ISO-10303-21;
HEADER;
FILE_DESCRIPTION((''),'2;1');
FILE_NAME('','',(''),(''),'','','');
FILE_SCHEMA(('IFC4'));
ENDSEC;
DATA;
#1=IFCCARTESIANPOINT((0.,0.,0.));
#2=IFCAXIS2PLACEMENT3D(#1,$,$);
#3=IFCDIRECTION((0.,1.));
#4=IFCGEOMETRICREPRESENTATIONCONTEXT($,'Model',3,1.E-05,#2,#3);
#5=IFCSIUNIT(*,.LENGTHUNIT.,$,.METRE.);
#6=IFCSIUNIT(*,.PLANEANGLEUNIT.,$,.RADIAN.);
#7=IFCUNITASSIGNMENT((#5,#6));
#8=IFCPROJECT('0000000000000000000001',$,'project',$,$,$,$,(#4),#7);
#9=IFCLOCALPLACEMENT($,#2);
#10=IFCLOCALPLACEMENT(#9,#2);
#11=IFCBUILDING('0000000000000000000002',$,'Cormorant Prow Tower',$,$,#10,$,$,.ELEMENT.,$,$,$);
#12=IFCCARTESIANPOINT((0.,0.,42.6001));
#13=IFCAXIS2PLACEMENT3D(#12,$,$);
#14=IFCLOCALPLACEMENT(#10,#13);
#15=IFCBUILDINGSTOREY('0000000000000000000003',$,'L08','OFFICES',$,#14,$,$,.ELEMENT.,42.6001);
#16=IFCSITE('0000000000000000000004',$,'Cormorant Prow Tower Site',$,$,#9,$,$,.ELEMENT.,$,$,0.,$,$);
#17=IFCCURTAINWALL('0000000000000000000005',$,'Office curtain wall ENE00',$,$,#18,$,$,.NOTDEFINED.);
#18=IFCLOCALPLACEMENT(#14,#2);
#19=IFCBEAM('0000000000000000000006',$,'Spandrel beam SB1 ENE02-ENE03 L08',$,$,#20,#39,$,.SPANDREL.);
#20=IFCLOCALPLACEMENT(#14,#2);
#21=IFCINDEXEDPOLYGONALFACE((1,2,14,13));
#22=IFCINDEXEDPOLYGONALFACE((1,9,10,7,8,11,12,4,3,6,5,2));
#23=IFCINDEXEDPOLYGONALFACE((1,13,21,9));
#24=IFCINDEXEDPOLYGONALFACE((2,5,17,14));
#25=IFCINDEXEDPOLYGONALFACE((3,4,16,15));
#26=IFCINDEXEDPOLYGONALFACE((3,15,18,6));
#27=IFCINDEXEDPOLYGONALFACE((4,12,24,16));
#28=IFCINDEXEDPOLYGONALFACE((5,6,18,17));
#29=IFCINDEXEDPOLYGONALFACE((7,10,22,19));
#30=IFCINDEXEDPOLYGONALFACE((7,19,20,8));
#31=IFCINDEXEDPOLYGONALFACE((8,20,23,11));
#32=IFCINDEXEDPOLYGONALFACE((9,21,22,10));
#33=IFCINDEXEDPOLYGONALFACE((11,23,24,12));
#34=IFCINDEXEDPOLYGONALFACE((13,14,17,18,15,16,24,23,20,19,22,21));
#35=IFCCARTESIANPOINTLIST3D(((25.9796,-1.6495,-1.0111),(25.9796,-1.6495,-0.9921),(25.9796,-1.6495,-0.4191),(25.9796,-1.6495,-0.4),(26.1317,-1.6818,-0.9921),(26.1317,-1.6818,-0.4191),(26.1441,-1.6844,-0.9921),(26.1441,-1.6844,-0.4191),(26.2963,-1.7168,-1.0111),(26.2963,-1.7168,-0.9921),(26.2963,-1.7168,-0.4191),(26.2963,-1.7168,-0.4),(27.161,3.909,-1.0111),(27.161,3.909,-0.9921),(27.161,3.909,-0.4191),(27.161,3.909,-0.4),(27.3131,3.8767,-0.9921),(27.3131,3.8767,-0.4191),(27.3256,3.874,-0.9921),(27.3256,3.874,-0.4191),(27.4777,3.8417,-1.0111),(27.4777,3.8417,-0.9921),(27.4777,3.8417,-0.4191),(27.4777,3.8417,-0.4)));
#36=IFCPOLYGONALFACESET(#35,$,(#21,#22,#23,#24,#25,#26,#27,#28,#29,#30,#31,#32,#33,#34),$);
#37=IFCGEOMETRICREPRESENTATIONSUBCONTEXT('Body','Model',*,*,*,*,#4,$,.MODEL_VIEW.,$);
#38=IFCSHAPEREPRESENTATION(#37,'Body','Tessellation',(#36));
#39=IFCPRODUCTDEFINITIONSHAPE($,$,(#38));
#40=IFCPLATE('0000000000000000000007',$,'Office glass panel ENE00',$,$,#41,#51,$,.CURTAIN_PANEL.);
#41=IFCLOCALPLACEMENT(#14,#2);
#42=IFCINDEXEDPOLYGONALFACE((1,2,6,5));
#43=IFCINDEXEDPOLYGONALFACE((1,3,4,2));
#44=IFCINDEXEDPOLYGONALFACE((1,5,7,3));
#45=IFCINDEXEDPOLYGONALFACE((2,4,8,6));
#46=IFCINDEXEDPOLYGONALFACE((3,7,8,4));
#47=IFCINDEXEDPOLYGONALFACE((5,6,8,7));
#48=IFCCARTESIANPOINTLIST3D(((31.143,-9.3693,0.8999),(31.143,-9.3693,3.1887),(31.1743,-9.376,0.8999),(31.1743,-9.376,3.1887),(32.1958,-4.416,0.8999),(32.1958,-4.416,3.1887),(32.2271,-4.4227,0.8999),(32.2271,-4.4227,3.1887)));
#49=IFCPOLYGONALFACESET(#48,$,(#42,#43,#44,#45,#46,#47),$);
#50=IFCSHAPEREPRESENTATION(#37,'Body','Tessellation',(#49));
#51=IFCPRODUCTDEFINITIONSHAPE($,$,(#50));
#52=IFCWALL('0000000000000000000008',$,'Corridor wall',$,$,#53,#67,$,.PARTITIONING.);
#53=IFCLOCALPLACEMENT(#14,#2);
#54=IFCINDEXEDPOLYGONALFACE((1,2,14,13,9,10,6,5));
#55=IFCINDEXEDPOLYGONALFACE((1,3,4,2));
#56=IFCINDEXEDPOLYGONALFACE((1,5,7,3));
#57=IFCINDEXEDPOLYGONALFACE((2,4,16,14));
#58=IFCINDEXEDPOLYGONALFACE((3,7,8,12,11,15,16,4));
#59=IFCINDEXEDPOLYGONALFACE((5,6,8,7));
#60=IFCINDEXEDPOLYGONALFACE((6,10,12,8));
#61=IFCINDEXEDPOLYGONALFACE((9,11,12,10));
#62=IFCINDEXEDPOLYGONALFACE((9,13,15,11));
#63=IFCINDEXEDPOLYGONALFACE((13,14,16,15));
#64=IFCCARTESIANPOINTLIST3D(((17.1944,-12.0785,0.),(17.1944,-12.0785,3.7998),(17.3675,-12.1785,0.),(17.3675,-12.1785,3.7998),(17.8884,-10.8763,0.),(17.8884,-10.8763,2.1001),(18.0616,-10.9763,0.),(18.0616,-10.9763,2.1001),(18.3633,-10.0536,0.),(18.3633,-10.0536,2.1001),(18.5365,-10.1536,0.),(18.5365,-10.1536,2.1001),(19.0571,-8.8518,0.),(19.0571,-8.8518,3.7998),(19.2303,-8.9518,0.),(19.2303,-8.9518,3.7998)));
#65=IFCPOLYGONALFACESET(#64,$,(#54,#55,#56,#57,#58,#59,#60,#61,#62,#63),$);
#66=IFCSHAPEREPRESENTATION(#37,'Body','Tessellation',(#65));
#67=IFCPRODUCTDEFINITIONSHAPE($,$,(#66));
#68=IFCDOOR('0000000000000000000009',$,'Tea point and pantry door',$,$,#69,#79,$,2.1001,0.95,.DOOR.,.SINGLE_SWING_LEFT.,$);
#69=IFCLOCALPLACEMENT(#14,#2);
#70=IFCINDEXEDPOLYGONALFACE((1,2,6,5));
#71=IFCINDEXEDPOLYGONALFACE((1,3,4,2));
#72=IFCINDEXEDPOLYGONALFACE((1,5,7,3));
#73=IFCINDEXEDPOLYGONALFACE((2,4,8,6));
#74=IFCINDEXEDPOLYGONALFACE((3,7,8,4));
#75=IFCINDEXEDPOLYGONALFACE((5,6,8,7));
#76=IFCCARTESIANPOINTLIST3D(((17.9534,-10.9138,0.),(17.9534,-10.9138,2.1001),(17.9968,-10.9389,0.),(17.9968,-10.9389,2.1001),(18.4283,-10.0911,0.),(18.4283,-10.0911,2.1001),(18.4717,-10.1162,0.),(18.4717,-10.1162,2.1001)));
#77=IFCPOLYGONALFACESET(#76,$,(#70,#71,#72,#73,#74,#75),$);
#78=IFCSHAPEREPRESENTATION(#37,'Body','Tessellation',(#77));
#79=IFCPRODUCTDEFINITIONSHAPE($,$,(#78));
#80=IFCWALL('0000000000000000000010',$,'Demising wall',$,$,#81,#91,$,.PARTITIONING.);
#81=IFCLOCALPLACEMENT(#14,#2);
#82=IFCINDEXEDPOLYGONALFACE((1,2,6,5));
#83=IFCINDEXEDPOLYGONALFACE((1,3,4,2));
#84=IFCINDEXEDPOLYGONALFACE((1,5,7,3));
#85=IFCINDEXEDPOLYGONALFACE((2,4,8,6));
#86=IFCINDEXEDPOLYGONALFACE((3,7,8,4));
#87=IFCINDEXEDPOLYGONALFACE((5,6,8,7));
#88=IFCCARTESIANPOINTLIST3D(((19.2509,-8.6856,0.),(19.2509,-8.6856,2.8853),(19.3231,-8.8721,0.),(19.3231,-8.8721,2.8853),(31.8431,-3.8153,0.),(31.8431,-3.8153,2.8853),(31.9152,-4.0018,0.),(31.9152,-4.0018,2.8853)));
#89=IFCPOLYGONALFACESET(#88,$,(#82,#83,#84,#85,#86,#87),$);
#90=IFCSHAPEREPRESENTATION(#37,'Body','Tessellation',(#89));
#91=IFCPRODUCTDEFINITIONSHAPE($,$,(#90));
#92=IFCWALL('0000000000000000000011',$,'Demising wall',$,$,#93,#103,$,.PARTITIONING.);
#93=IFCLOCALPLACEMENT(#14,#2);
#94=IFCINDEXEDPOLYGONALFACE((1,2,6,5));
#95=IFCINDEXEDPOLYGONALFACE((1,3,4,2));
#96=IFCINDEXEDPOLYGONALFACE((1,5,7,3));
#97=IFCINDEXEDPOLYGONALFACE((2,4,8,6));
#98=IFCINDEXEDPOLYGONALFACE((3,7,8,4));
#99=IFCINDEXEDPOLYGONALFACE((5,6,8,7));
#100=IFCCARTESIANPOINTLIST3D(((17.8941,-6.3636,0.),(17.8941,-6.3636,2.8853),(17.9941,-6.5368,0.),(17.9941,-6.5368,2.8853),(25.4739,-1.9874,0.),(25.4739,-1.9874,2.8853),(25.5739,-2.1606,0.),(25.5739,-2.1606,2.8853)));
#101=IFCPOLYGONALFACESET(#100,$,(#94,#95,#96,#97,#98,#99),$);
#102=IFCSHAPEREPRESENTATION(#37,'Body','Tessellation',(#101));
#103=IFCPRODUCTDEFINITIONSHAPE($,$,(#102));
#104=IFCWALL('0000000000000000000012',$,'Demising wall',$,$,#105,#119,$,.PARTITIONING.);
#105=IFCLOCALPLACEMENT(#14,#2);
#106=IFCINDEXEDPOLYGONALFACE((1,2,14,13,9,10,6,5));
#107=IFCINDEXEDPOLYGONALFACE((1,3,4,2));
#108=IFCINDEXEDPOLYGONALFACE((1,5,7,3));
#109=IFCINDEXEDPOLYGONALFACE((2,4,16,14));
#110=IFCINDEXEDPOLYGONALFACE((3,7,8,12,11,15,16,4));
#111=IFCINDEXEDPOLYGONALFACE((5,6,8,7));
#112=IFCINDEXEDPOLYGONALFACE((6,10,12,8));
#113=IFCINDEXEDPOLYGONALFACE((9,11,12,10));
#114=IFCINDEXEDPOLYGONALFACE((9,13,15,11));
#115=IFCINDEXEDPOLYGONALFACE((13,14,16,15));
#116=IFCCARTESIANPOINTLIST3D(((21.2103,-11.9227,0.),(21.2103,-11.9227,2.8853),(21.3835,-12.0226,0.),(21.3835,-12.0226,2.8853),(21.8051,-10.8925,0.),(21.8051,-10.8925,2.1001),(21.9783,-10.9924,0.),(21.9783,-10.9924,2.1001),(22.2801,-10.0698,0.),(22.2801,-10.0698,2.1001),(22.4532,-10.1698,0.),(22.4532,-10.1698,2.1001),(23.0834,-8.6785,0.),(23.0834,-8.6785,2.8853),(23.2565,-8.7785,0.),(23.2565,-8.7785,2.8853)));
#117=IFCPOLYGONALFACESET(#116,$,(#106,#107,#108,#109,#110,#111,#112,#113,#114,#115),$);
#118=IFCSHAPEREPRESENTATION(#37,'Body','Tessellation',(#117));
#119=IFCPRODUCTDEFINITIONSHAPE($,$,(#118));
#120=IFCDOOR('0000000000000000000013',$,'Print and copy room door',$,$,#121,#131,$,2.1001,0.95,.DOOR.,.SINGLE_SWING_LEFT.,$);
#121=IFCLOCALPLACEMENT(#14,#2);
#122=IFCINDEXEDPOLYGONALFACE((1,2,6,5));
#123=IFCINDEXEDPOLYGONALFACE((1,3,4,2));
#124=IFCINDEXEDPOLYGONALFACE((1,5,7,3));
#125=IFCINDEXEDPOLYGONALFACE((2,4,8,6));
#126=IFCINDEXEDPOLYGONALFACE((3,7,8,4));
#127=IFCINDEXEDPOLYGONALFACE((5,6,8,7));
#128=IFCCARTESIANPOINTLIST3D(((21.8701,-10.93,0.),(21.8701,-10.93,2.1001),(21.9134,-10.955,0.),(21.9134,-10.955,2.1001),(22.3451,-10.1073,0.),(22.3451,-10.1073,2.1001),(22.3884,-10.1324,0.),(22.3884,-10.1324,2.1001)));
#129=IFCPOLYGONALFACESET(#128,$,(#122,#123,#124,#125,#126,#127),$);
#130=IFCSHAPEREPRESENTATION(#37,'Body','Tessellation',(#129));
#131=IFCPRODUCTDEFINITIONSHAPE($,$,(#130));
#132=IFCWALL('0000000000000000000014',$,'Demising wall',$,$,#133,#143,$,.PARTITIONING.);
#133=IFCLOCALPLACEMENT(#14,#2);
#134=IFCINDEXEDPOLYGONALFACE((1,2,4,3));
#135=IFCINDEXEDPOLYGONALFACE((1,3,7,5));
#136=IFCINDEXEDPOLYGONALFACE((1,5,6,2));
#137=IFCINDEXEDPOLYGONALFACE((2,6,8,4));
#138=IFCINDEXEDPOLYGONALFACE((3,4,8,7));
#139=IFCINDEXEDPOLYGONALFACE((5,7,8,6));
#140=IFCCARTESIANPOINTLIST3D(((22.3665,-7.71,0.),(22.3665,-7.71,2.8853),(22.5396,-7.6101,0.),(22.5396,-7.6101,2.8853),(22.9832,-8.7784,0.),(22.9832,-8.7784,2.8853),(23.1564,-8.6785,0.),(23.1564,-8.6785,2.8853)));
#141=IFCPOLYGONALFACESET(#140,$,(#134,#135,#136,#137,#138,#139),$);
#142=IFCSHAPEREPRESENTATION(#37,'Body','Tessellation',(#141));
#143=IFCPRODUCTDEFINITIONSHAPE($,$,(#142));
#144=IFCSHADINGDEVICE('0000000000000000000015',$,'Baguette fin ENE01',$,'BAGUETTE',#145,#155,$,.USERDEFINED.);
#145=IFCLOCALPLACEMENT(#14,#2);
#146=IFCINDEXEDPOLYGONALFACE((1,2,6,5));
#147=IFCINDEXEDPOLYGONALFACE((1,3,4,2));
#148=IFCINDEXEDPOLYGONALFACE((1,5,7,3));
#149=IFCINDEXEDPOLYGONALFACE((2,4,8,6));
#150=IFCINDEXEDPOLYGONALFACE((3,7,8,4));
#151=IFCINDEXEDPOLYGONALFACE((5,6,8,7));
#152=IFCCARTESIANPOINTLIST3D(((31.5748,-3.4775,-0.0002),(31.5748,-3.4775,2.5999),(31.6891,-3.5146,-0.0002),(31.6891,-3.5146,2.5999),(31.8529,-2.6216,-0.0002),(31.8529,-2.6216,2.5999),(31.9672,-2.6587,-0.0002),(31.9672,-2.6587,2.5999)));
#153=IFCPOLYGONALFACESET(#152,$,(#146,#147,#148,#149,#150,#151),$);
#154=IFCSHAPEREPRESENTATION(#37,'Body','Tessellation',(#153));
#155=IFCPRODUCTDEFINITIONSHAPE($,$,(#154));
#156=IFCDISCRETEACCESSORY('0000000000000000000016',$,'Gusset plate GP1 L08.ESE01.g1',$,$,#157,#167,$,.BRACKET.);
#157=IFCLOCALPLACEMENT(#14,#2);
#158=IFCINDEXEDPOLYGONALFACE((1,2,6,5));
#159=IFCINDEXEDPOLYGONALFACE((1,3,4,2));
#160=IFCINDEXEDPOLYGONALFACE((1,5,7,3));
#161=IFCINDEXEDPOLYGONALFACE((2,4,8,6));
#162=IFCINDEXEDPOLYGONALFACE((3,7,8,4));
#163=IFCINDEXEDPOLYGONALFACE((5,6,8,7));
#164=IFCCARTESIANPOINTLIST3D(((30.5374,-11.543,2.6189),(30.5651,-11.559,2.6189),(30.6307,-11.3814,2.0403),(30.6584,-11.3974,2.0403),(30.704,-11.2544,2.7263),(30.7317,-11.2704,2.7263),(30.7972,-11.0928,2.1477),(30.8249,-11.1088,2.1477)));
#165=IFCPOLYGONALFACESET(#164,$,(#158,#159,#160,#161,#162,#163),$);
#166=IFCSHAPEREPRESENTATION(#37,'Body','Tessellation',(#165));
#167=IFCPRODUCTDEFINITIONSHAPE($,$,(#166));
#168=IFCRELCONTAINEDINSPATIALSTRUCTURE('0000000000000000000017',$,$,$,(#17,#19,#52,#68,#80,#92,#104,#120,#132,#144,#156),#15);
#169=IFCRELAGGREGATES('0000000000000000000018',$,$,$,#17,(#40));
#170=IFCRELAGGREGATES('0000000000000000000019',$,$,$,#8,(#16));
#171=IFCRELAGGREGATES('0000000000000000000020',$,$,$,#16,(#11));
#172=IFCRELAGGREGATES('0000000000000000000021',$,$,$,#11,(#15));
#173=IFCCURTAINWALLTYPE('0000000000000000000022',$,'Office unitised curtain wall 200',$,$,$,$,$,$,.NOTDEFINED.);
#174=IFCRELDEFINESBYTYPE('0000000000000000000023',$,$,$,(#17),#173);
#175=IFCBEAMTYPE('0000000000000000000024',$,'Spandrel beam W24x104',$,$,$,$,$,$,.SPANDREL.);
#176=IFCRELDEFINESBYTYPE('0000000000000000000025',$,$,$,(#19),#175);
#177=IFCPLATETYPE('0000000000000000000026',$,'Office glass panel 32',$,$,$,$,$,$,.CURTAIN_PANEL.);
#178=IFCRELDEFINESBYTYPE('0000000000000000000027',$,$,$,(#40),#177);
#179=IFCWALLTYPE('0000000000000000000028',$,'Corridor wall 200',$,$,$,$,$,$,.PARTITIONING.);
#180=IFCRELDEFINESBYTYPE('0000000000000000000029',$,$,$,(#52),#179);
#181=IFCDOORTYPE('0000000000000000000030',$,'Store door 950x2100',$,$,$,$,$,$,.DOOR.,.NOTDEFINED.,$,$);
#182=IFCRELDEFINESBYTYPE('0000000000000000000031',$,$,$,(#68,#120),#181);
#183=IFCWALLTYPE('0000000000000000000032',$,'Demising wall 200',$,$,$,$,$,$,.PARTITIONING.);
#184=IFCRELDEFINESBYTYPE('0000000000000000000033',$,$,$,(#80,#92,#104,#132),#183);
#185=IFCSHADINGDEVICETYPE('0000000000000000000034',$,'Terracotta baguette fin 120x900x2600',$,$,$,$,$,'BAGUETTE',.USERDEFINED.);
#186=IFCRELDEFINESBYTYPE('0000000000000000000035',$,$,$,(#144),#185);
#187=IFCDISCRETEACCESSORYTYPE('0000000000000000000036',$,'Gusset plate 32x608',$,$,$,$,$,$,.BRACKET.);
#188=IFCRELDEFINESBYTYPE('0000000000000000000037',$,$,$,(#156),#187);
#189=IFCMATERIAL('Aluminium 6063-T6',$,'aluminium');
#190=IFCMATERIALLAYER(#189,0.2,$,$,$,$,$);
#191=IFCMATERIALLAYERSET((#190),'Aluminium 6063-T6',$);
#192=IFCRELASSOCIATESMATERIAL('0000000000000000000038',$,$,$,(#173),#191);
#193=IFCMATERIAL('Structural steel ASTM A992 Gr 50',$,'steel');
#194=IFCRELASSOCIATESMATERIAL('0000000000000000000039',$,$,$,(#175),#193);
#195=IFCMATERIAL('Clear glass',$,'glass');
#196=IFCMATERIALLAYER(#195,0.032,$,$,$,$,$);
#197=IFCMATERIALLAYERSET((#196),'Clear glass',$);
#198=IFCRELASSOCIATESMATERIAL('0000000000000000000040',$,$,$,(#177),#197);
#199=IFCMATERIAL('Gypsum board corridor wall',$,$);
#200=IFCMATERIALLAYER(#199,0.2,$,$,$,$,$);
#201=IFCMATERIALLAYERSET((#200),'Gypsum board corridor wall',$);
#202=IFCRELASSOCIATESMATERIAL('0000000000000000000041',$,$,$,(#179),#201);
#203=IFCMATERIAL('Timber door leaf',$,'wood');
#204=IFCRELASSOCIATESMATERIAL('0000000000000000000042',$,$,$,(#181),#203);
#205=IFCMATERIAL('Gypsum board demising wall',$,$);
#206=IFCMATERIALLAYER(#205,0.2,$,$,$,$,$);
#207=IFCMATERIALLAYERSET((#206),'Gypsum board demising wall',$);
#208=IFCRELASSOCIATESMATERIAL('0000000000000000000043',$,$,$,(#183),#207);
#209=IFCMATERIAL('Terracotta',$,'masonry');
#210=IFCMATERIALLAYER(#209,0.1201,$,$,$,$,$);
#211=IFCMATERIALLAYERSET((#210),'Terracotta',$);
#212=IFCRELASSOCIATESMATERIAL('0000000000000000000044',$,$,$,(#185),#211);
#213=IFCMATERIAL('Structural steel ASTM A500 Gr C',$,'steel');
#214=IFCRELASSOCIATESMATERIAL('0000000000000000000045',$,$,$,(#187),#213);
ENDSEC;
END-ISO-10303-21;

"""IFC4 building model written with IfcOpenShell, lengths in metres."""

from ifc_helpers import new_model, si_unit, direction, frame, frame_2d, origin, origin_2d, place, context, subcontext, project, spatial, rectangle, i_section, extrude, material, layer, layer_set, material_profile, profile_set, type_object, element, fill, aggregate, save


model = new_model("IFC4")

# Units and contexts
model_context = context("Model", 3, precision=1e-05, world=origin(), true_north=direction((0.0, 1.0)))
body_context = subcontext(model_context, "Body", "Model", "MODEL_VIEW")
ifc_project = project(units=[si_unit("LENGTHUNIT", "METRE"), si_unit("PLANEANGLEUNIT", "RADIAN")], contexts=[model_context])

# Site, building, storey
site_placement = place(None, origin())
site = spatial("IfcSite", under=ifc_project, at=site_placement, Name="Cormorant Prow Tower Site", CompositionType="ELEMENT", RefElevation=0.0)
building_placement = place(site_placement, origin())
building = spatial("IfcBuilding", under=site, at=building_placement, Name="Cormorant Prow Tower", CompositionType="ELEMENT")
storey_placement = place(building_placement, frame((0.0, 0.0, 42.6001)))
storey = spatial("IfcBuildingStorey", under=building, at=storey_placement, Name="L08", Description="OFFICES", CompositionType="ELEMENT", Elevation=42.6001)

# Curtain wall
ifc_material_1 = material(Name="Aluminium 6063-T6", Category="aluminium")
ifc_layer_1 = layer(ifc_material_1, 0.2)
ifc_layer_set_1 = layer_set([ifc_layer_1], Name="Aluminium 6063-T6")
curtain_wall_type = type_object("IfcCurtainWallType", Name="Office unitised curtain wall 200", PredefinedType="NOTDEFINED", material=ifc_layer_set_1)
curtain_wall_1_placement = place(storey_placement, origin())
curtain_wall_1 = element("IfcCurtainWall", 1, at=curtain_wall_1_placement, inside=storey, type_object=curtain_wall_type, Name="Office curtain wall ENE00", PredefinedType="NOTDEFINED")

# Beam
ifc_material_2 = material(Name="Structural steel ASTM A992 Gr 50", Category="steel")
ifc_material_profile_1 = material_profile(ifc_material_2, i_section(OverallWidth=0.3237, OverallDepth=0.6111, WebThickness=0.0127, FlangeThickness=0.019, at=origin_2d()), Name="W24x104")
ifc_profile_set_1 = profile_set([ifc_material_profile_1], Name="Structural steel ASTM A992 Gr 50")
beam_type = type_object("IfcBeamType", Name="Spandrel beam W24x104", PredefinedType="SPANDREL", material=ifc_profile_set_1)
beam_1_placement = place(storey_placement, frame((26.1379, -1.6831, -0.7056), z_axis=(0.2079, 0.97815, 0.0), x_axis=(-0.97815, 0.2079, 0.0)))
element("IfcBeam", 2, at=beam_1_placement, inside=storey, type_object=beam_type, Name="Spandrel beam SB1 ENE02-ENE03 L08", PredefinedType="SPANDREL", context=body_context, shape_type="SweptSolid", body=[
    extrude(i_section(OverallWidth=0.3237, OverallDepth=0.6111, WebThickness=0.0127, FlangeThickness=0.019, at=origin_2d()), origin(), (0.0, 0.0, 1.0), 5.6826),
])

# Plate
ifc_material_3 = material(Name="Clear glass", Category="glass")
ifc_layer_2 = layer(ifc_material_3, 0.032)
ifc_layer_set_2 = layer_set([ifc_layer_2], Name="Clear glass")
plate_type = type_object("IfcPlateType", Name="Office glass panel 32", PredefinedType="CURTAIN_PANEL", material=ifc_layer_set_2)
plate_placement = place(storey_placement, frame((31.6851, -6.896, 0.8999), z_axis=(0.0, 0.0, 1.0), x_axis=(0.207912, 0.978148, 0.0)))
plate = element("IfcPlate", 3, at=plate_placement, type_object=plate_type, Name="Office glass panel ENE00", PredefinedType="CURTAIN_PANEL", context=body_context, shape_type="SweptSolid", body=[
    extrude(rectangle(XDim=5.064, YDim=0.032, at=origin_2d()), origin(), (0.0, 0.0, 1.0), 2.2888),
])
aggregate(curtain_wall_1, [plate])

# Wall, opening, door
ifc_material_4 = material(Name="Gypsum board corridor wall")
ifc_layer_3 = layer(ifc_material_4, 0.2)
ifc_layer_set_3 = layer_set([ifc_layer_3], Name="Gypsum board corridor wall")
wall_type_1 = type_object("IfcWallType", Name="Corridor wall 200", PredefinedType="PARTITIONING", material=ifc_layer_set_3)
wall_1_placement = place(storey_placement, frame((17.281, -12.1284, 0.0), z_axis=(0.0, 0.0, 1.0), x_axis=(0.499959, 0.866049, 0.0)))
wall_1 = element("IfcWall", 4, at=wall_1_placement, inside=storey, type_object=wall_type_1, Name="Corridor wall", PredefinedType="PARTITIONING", context=body_context, shape_type="SweptSolid", body=[
    extrude(rectangle(XDim=3.7258, YDim=0.2, at=frame_2d((1.8628, 0.0))), origin(), (0.0, 0.0, 1.0), 3.7998),
])
opening_1_placement = place(wall_1_placement, frame((1.3879, 0.0, 0.0)))
opening_1 = element("IfcOpeningElement", 5, at=opening_1_placement, cuts=wall_1, PredefinedType="OPENING", context=body_context, shape_type="SweptSolid", body=[
    extrude(rectangle(XDim=0.95, YDim=2.1001, at=frame_2d((0.4751, 1.05))), frame((0.0, 0.1099, 0.0), z_axis=(0.0, -1.0, 0.0), x_axis=(1.0, 0.0, 0.0)), (0.0, 0.0, 1.0), 0.22),
])
ifc_material_5 = material(Name="Timber door leaf", Category="wood")
door_type_1 = type_object("IfcDoorType", Name="Store door 950x2100", OperationType="NOTDEFINED", PredefinedType="DOOR", material=ifc_material_5)
door_1_placement = place(opening_1_placement, origin())
door_1 = element("IfcDoor", 6, at=door_1_placement, inside=storey, type_object=door_type_1, Name="Tea point and pantry door", OperationType="SINGLE_SWING_LEFT", OverallHeight=2.1001, OverallWidth=0.95, PredefinedType="DOOR", context=body_context, shape_type="SweptSolid", body=[
    extrude(rectangle(XDim=0.95, YDim=2.1001, at=frame_2d((0.4751, 1.05))), frame((0.0, 0.0249, 0.0), z_axis=(0.0, -1.0, 0.0), x_axis=(1.0, 0.0, 0.0)), (0.0, 0.0, 1.0), 0.05),
])
fill(opening_1, door_1)

# Walls
ifc_material_6 = material(Name="Gypsum board demising wall")
ifc_layer_4 = layer(ifc_material_6, 0.2)
ifc_layer_set_4 = layer_set([ifc_layer_4], Name="Gypsum board demising wall")
wall_type_2 = type_object("IfcWallType", Name="Demising wall 200", PredefinedType="PARTITIONING", material=ifc_layer_set_4)
wall_2_placement = place(storey_placement, frame((19.2871, -8.7788, 0.0), z_axis=(0.0, 0.0, 1.0), x_axis=(0.93267, 0.360732, 0.0)))
element("IfcWall", 7, at=wall_2_placement, inside=storey, type_object=wall_type_2, Name="Demising wall", PredefinedType="PARTITIONING", context=body_context, shape_type="SweptSolid", body=[
    extrude(rectangle(XDim=13.5012, YDim=0.2, at=frame_2d((6.7505, 0.0))), origin(), (0.0, 0.0, 1.0), 2.8853),
])
wall_3_placement = place(storey_placement, frame((17.9441, -6.4502, 0.0), z_axis=(0.0, 0.0, 1.0), x_axis=(0.866025, 0.5, 0.0)))
element("IfcWall", 8, at=wall_3_placement, inside=storey, type_object=wall_type_2, Name="Demising wall", PredefinedType="PARTITIONING", context=body_context, shape_type="SweptSolid", body=[
    extrude(rectangle(XDim=8.7524, YDim=0.2, at=frame_2d((4.3762, 0.0))), origin(), (0.0, 0.0, 1.0), 2.8853),
])

# Wall, opening, door
wall_4_placement = place(storey_placement, frame((21.2969, -11.9727, 0.0), z_axis=(0.0, 0.0, 1.0), x_axis=(0.500008, 0.866021, 0.0)))
wall_4 = element("IfcWall", 9, at=wall_4_placement, inside=storey, type_object=wall_type_2, Name="Demising wall", PredefinedType="PARTITIONING", context=body_context, shape_type="SweptSolid", body=[
    extrude(rectangle(XDim=3.7461, YDim=0.2, at=frame_2d((1.873, 0.0))), origin(), (0.0, 0.0, 1.0), 2.8853),
])
opening_2_placement = place(wall_4_placement, frame((1.1895, 0.0, 0.0)))
opening_2 = element("IfcOpeningElement", 10, at=opening_2_placement, cuts=wall_4, PredefinedType="OPENING", context=body_context, shape_type="SweptSolid", body=[
    extrude(rectangle(XDim=0.95, YDim=2.1001, at=frame_2d((0.4751, 1.05))), frame((0.0, 0.1099, 0.0), z_axis=(0.0, -1.0, 0.0), x_axis=(1.0, 0.0, 0.0)), (0.0, 0.0, 1.0), 0.22),
])
door_2_placement = place(opening_2_placement, origin())
door_2 = element("IfcDoor", 11, at=door_2_placement, inside=storey, type_object=door_type_1, Name="Print and copy room door", OperationType="SINGLE_SWING_LEFT", OverallHeight=2.1001, OverallWidth=0.95, PredefinedType="DOOR", context=body_context, shape_type="SweptSolid", body=[
    extrude(rectangle(XDim=0.95, YDim=2.1001, at=frame_2d((0.4751, 1.05))), frame((0.0, 0.0249, 0.0), z_axis=(0.0, -1.0, 0.0), x_axis=(1.0, 0.0, 0.0)), (0.0, 0.0, 1.0), 0.05),
])
fill(opening_2, door_2)

# Wall
wall_5_placement = place(storey_placement, frame((22.4531, -7.6602, 0.0), z_axis=(0.0, 0.0, 1.0), x_axis=(0.499928, -0.866067, 0.0)))
element("IfcWall", 12, at=wall_5_placement, inside=storey, type_object=wall_type_2, Name="Demising wall", PredefinedType="PARTITIONING", context=body_context, shape_type="SweptSolid", body=[
    extrude(rectangle(XDim=1.2336, YDim=0.2, at=frame_2d((0.6167, 0.0))), origin(), (0.0, 0.0, 1.0), 2.8853),
])

# Shading device
ifc_material_7 = material(Name="Terracotta", Category="masonry")
ifc_layer_5 = layer(ifc_material_7, 0.1201)
ifc_layer_set_5 = layer_set([ifc_layer_5], Name="Terracotta")
shading_device_type = type_object("IfcShadingDeviceType", Name="Terracotta baguette fin 120x900x2600", ElementType="BAGUETTE", PredefinedType="USERDEFINED", material=ifc_layer_set_5)
shading_device_placement = place(storey_placement, frame((31.771, -3.0681, -0.0002), z_axis=(0.0, 0.0, 1.0), x_axis=(-0.951057, 0.309017, 0.0)))
element("IfcShadingDevice", 13, at=shading_device_placement, inside=storey, type_object=shading_device_type, Name="Baguette fin ENE01", ObjectType="BAGUETTE", PredefinedType="USERDEFINED", context=body_context, shape_type="SweptSolid", body=[
    extrude(rectangle(XDim=0.1201, YDim=0.8999, at=origin_2d()), origin(), (0.0, 0.0, 1.0), 2.6001),
])

# Discrete accessory
ifc_material_8 = material(Name="Structural steel ASTM A500 Gr C", Category="steel")
ifc_material_profile_2 = material_profile(ifc_material_8, rectangle(XDim=0.032, YDim=0.6079, at=origin_2d()), Name="Gusset plate 32x608")
ifc_profile_set_2 = profile_set([ifc_material_profile_2], Name="Structural steel ASTM A500 Gr C")
discrete_accessory_type = type_object("IfcDiscreteAccessoryType", Name="Gusset plate 32x608", PredefinedType="BRACKET", material=ifc_profile_set_2)
discrete_accessory_placement = place(storey_placement, frame((30.5979, -11.4702, 2.3296), z_axis=(0.475652, 0.82437, 0.306872), x_axis=(-0.866161, 0.499765, 0.0)))
element("IfcDiscreteAccessory", 14, at=discrete_accessory_placement, inside=storey, type_object=discrete_accessory_type, Name="Gusset plate GP1 L08.ESE01.g1", PredefinedType="BRACKET", context=body_context, shape_type="SweptSolid", body=[
    extrude(rectangle(XDim=0.032, YDim=0.6079, at=origin_2d()), origin(), (0.0, 0.0, 1.0), 0.3501),
])

save(model, "model.ifc")
